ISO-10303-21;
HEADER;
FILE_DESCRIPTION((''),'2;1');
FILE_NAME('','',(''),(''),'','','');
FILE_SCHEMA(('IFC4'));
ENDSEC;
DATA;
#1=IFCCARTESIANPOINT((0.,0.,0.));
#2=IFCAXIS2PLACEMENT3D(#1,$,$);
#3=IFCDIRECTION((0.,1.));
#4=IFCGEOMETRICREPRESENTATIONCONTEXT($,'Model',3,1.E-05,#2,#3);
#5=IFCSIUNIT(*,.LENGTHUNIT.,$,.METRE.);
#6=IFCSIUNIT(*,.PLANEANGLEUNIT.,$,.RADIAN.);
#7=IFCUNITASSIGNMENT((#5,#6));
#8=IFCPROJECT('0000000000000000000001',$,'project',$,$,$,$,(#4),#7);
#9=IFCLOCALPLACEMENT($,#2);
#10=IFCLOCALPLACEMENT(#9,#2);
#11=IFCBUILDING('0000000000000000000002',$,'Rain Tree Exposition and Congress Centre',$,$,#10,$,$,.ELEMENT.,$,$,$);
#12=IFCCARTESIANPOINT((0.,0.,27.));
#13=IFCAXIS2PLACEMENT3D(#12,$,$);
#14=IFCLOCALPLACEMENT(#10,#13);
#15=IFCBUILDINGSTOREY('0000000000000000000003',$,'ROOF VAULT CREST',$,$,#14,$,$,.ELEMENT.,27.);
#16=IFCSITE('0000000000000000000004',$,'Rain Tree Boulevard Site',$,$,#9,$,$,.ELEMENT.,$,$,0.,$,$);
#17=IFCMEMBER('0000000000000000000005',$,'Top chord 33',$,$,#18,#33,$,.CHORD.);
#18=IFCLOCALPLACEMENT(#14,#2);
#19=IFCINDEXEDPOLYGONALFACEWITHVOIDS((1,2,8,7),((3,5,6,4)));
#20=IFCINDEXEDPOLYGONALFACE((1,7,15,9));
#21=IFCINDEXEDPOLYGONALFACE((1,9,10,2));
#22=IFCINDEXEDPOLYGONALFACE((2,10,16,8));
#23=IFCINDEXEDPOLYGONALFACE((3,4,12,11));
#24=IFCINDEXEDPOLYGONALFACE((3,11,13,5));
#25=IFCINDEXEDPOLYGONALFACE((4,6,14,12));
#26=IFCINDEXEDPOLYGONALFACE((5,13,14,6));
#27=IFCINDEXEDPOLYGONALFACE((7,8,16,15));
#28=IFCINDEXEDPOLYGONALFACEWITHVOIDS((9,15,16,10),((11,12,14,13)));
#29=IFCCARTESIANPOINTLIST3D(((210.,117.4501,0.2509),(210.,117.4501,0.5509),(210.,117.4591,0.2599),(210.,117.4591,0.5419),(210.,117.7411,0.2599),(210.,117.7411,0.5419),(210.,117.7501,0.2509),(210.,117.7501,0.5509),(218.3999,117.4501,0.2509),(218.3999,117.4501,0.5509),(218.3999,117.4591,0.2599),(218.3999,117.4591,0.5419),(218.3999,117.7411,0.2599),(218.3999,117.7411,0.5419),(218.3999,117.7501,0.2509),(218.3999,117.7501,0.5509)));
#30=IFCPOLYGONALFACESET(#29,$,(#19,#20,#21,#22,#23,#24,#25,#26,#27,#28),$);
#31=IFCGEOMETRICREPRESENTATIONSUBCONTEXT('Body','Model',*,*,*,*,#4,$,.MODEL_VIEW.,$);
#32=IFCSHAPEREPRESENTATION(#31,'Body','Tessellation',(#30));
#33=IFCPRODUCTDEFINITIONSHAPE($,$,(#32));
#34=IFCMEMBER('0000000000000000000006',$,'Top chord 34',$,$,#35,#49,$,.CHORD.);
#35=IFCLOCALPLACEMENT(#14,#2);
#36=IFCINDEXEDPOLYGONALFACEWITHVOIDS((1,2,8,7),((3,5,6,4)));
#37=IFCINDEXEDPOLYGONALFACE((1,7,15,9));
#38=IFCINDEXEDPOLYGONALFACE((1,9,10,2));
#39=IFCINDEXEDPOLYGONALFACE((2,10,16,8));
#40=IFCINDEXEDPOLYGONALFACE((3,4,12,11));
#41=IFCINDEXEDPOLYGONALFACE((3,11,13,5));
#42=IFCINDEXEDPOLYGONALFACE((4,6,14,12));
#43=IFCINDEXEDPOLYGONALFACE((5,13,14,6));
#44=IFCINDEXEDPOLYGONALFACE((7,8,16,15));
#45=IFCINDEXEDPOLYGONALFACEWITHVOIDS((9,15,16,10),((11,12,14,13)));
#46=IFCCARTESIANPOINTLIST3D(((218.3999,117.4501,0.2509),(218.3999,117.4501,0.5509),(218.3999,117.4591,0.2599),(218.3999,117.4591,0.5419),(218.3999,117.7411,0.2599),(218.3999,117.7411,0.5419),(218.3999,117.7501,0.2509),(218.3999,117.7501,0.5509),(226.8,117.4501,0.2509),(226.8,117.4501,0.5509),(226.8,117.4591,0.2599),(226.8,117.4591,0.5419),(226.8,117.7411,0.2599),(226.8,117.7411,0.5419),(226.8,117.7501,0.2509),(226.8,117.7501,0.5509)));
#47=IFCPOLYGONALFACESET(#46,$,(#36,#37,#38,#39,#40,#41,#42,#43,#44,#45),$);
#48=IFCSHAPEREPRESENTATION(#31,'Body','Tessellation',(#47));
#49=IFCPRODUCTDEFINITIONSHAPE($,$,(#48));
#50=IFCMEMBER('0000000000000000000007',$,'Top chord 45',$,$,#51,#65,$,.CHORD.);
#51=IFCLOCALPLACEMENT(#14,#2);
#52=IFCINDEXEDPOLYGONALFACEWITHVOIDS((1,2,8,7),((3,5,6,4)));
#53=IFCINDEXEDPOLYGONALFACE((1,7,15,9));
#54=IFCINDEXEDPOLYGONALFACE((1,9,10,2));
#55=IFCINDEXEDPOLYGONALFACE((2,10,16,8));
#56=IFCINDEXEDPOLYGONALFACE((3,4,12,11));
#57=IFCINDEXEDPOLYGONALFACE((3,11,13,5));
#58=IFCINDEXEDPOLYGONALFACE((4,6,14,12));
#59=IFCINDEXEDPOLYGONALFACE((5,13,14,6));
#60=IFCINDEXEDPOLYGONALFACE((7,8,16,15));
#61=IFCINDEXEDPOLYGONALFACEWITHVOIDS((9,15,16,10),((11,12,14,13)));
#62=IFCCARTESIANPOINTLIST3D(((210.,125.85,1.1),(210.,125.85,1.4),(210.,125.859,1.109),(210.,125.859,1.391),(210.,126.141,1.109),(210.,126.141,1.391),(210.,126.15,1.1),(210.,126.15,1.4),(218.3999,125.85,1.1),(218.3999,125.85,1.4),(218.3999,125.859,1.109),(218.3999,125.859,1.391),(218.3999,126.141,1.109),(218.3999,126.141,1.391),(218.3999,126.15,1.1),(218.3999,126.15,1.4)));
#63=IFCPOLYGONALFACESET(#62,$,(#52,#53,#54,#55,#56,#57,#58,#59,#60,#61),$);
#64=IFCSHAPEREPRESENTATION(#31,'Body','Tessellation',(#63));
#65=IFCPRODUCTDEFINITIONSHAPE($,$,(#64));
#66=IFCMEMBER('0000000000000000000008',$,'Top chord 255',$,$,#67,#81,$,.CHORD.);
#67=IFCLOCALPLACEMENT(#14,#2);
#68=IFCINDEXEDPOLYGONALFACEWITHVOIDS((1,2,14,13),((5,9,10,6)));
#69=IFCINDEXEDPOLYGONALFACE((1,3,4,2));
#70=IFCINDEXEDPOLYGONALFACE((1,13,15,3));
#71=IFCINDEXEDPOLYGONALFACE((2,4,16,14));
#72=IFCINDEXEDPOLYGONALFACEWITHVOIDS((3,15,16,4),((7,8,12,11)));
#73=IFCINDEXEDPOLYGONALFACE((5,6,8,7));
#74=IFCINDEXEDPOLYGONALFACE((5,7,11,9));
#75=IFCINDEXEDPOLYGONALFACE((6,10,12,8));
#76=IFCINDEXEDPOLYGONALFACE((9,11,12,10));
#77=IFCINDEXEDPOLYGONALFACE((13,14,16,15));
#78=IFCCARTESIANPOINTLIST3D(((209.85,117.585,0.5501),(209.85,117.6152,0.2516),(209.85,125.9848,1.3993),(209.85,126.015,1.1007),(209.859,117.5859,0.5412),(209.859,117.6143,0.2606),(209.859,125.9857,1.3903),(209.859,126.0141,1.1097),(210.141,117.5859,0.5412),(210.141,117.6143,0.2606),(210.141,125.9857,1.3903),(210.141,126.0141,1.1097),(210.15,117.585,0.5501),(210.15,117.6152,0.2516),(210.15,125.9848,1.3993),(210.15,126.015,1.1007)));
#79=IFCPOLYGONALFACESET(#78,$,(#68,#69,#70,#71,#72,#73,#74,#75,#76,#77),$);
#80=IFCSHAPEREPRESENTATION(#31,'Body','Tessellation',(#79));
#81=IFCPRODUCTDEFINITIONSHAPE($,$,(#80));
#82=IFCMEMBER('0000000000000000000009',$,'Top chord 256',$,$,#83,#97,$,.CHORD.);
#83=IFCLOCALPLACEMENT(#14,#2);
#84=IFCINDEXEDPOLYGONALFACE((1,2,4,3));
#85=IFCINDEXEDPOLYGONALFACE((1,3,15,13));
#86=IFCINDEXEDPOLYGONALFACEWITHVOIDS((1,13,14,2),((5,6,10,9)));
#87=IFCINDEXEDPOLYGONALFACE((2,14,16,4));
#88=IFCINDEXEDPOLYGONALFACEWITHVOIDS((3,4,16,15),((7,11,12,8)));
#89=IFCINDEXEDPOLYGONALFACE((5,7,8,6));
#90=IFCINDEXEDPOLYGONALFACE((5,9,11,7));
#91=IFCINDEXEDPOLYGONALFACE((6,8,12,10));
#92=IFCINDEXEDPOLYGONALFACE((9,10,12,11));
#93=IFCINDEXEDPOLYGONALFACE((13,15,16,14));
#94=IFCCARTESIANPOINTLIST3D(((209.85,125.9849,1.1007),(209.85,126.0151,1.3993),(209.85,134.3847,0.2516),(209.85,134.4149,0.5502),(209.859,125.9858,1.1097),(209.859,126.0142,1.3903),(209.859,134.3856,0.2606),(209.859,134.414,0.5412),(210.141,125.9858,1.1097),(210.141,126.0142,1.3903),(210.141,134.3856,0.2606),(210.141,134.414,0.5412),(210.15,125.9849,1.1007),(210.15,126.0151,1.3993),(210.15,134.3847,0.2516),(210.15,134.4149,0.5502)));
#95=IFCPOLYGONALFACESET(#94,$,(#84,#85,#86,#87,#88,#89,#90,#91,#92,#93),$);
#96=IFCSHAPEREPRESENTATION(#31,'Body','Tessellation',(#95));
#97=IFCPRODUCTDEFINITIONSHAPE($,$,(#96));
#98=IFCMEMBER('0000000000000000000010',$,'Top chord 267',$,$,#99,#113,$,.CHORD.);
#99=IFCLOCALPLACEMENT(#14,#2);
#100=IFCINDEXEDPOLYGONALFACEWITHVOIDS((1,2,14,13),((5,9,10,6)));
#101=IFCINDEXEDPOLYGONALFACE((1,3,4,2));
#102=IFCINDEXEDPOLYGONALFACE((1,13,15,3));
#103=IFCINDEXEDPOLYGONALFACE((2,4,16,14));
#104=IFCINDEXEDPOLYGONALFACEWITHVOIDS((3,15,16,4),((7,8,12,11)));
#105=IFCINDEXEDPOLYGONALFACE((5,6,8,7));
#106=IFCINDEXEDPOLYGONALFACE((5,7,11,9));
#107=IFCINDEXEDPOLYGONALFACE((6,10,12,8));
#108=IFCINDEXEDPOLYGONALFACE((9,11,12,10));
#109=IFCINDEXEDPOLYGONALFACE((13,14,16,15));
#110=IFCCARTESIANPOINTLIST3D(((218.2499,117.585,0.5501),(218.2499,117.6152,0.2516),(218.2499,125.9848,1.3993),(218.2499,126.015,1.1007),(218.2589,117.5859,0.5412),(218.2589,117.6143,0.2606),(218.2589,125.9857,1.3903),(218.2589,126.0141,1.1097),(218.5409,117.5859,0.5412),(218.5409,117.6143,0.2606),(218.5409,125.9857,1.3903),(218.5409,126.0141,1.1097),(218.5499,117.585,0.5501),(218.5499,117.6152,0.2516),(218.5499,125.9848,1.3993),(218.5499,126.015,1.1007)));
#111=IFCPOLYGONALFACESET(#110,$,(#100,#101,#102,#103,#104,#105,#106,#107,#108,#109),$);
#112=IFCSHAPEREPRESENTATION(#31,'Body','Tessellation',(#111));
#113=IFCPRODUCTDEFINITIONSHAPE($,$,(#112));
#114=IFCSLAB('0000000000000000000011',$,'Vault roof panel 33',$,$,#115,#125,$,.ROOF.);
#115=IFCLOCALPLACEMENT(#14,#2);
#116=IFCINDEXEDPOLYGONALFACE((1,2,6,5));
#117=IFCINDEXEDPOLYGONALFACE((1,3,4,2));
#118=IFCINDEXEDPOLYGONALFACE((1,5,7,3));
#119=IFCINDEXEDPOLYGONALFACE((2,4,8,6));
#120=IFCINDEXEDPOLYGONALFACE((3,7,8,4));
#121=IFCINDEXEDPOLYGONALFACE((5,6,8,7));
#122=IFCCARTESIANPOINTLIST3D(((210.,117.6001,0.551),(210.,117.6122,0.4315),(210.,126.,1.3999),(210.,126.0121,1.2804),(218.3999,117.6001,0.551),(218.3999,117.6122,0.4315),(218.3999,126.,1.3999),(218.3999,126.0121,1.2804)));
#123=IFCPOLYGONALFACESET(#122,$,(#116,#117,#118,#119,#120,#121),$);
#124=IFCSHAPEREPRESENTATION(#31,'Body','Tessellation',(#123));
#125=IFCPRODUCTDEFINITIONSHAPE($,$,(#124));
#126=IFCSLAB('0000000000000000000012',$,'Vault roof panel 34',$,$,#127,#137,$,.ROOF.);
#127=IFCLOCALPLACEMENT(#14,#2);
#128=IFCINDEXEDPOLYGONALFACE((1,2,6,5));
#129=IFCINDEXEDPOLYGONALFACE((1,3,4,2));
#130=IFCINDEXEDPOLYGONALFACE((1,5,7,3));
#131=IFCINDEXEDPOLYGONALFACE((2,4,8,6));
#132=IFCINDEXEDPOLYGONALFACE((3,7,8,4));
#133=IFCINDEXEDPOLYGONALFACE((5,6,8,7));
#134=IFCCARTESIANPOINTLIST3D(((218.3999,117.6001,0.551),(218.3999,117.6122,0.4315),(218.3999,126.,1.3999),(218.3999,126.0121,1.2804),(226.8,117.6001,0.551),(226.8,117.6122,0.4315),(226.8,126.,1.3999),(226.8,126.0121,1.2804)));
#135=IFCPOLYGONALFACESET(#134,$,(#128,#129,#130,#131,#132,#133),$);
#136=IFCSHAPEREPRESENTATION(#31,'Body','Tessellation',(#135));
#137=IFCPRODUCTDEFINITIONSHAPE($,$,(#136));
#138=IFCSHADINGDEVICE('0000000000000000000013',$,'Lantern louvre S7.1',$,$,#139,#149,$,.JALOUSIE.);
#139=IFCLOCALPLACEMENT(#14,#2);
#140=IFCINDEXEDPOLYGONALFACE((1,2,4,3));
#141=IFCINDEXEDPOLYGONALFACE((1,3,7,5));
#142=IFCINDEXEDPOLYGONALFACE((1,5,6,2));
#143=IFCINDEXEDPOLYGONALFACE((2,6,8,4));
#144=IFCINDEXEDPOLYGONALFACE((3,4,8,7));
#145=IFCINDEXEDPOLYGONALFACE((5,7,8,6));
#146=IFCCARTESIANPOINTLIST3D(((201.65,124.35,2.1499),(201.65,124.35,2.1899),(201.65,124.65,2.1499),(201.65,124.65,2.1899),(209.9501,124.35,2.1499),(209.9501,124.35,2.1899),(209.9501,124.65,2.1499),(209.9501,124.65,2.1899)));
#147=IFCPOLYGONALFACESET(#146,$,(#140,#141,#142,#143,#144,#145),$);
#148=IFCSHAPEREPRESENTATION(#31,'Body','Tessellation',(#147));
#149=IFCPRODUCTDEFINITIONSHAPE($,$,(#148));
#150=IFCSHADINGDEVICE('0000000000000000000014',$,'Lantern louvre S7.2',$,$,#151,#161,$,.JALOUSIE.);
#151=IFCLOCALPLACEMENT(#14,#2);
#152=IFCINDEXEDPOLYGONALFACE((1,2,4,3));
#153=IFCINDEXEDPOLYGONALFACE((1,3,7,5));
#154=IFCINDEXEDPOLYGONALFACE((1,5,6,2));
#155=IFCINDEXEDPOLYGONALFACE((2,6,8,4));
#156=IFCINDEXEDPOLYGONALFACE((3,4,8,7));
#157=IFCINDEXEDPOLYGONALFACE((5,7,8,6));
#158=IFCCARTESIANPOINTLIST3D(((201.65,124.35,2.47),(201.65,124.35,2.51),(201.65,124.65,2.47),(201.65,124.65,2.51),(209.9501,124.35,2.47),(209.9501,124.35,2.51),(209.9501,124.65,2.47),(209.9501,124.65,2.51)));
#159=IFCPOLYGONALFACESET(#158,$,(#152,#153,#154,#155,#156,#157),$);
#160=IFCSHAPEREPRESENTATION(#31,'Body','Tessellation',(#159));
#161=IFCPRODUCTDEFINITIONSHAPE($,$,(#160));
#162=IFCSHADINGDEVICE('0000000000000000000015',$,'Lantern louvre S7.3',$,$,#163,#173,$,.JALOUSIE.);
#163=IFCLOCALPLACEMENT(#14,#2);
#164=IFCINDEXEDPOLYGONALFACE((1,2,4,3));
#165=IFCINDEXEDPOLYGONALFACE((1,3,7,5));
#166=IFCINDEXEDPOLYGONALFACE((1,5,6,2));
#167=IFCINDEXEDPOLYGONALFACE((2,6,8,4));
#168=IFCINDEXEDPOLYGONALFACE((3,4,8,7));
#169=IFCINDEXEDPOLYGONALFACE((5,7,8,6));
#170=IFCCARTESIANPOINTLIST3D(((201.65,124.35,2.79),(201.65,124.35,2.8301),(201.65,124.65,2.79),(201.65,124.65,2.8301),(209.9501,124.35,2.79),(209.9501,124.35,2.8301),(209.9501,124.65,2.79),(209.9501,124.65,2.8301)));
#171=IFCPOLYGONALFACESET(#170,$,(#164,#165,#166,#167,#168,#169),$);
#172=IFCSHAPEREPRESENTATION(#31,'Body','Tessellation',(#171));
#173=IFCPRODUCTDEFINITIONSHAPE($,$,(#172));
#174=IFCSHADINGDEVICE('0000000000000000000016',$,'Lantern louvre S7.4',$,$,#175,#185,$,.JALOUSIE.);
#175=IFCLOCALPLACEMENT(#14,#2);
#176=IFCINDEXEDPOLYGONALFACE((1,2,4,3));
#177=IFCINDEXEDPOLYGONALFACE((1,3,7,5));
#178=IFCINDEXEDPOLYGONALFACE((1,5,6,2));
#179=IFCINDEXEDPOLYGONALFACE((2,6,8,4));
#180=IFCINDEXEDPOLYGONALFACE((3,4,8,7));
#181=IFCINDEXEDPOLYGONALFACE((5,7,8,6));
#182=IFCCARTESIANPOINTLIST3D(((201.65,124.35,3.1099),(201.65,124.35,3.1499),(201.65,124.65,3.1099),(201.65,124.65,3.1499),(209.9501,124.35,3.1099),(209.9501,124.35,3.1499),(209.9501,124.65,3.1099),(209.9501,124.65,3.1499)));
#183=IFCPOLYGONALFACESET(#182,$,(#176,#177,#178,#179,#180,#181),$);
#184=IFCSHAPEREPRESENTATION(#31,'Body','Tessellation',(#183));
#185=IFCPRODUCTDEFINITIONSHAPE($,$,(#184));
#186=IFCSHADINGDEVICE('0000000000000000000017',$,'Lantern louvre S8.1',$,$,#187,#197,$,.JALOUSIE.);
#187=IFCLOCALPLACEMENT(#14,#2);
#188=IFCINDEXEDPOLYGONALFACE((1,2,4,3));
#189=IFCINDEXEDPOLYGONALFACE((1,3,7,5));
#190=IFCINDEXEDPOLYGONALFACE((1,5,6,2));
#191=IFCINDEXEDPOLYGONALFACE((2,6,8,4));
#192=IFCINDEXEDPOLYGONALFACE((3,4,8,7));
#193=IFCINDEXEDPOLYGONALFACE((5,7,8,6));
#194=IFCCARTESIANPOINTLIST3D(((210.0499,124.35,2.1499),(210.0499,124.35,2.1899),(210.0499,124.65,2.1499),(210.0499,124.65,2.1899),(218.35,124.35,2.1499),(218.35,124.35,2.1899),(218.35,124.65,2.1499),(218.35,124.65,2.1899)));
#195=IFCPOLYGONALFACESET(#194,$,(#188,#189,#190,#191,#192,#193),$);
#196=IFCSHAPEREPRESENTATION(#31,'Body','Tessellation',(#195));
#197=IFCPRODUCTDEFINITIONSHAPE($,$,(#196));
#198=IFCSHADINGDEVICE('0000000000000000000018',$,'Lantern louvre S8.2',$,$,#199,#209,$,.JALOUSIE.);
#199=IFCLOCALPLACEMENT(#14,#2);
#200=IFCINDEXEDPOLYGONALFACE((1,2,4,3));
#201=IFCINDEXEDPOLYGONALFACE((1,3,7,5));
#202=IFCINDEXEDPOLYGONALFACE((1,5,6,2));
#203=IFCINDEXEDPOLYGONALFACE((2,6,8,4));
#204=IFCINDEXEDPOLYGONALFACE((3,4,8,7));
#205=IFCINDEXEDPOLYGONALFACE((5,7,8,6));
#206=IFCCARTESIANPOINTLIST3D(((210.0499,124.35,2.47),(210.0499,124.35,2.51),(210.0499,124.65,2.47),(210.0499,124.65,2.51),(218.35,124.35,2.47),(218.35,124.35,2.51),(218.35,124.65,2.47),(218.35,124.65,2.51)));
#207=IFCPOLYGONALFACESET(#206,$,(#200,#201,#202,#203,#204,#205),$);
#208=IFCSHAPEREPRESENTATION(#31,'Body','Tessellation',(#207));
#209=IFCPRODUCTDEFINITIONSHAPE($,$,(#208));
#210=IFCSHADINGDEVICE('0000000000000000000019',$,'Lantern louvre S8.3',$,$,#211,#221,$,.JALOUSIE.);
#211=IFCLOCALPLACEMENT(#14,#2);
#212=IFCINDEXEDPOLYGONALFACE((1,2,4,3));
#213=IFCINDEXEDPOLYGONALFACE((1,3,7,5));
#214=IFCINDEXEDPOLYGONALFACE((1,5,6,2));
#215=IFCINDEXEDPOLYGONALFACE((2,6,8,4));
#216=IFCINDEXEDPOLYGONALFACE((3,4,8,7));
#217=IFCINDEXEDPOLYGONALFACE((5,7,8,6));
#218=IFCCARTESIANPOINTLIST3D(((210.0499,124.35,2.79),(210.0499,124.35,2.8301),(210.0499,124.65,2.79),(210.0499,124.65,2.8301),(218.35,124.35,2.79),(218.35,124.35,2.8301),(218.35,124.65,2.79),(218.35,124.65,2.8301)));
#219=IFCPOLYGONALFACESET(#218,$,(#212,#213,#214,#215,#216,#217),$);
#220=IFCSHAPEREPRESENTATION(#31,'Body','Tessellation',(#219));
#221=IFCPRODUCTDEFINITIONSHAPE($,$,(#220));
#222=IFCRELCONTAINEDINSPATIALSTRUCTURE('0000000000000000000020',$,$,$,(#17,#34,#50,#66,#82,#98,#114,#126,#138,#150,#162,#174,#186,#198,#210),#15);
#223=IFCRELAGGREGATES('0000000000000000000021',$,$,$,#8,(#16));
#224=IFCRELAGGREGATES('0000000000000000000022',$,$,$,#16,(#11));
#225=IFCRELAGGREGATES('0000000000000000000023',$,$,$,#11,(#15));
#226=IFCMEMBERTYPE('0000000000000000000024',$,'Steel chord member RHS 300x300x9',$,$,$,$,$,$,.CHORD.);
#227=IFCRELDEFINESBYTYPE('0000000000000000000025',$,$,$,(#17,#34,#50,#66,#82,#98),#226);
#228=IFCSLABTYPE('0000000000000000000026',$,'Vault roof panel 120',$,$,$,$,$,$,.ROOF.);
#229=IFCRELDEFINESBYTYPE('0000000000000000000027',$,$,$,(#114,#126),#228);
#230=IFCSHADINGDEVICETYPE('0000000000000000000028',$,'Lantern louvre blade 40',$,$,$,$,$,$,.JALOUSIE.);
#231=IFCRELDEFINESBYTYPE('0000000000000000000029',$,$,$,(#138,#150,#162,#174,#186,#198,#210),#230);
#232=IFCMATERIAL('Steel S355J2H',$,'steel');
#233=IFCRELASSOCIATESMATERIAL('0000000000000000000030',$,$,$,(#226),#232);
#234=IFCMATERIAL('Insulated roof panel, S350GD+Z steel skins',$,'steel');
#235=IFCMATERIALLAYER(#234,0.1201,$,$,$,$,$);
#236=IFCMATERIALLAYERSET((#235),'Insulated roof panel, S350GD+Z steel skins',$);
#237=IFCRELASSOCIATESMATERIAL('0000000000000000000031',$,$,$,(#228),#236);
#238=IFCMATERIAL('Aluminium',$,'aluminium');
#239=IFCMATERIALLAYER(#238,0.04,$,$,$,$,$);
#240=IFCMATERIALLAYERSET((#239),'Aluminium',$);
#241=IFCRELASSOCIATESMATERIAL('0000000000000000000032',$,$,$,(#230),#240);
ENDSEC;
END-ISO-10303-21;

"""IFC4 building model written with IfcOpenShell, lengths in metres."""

from ifc_helpers import new_model, si_unit, direction, frame, origin, origin_2d, place, context, subcontext, project, spatial, polyline, rectangle, hollow_rectangle, outline, extrude, material, layer, layer_set, material_profile, profile_set, type_object, element, save


model = new_model("IFC4")

# Units and contexts
model_context = context("Model", 3, precision=1e-05, world=origin(), true_north=direction((0.0, 1.0)))
body_context = subcontext(model_context, "Body", "Model", "MODEL_VIEW")
ifc_project = project(units=[si_unit("LENGTHUNIT", "METRE"), si_unit("PLANEANGLEUNIT", "RADIAN")], contexts=[model_context])

# Site, building, storey
site_placement = place(None, origin())
site = spatial("IfcSite", under=ifc_project, at=site_placement, Name="Rain Tree Boulevard Site", CompositionType="ELEMENT", RefElevation=0.0)
building_placement = place(site_placement, origin())
building = spatial("IfcBuilding", under=site, at=building_placement, Name="Rain Tree Exposition and Congress Centre", CompositionType="ELEMENT")
storey_placement = place(building_placement, frame((0.0, 0.0, 27.0)))
storey = spatial("IfcBuildingStorey", under=building, at=storey_placement, Name="ROOF VAULT CREST", CompositionType="ELEMENT", Elevation=27.0)

# Members
ifc_material_1 = material(Name="Steel S355J2H", Category="steel")
ifc_material_profile_1 = material_profile(ifc_material_1, hollow_rectangle(XDim=0.3, YDim=0.3, WallThickness=0.009, at=origin_2d()), Name="RHS 300x300x9")
ifc_profile_set_1 = profile_set([ifc_material_profile_1], Name="Steel S355J2H")
member_type = type_object("IfcMemberType", Name="Steel chord member RHS 300x300x9", PredefinedType="CHORD", material=ifc_profile_set_1)
member_1_placement = place(storey_placement, frame((210.0, 117.6001, 0.4009), z_axis=(1.0, 0.0, 0.0), x_axis=(0.0, 1.0, 0.0)))
element("IfcMember", 1, at=member_1_placement, inside=storey, type_object=member_type, Name="Top chord 33", PredefinedType="CHORD", context=body_context, shape_type="SweptSolid", body=[
    extrude(hollow_rectangle(XDim=0.3, YDim=0.3, WallThickness=0.009, at=origin_2d()), origin(), (0.0, 0.0, 1.0), 8.3999),
])
member_2_placement = place(storey_placement, frame((218.3999, 117.6001, 0.4009), z_axis=(1.0, 0.0, 0.0), x_axis=(0.0, 1.0, 0.0)))
element("IfcMember", 2, at=member_2_placement, inside=storey, type_object=member_type, Name="Top chord 34", PredefinedType="CHORD", context=body_context, shape_type="SweptSolid", body=[
    extrude(hollow_rectangle(XDim=0.3, YDim=0.3, WallThickness=0.009, at=origin_2d()), origin(), (0.0, 0.0, 1.0), 8.4001),
])
member_3_placement = place(storey_placement, frame((210.0, 126.0, 1.25), z_axis=(1.0, 0.0, 0.0), x_axis=(0.0, 1.0, 0.0)))
element("IfcMember", 3, at=member_3_placement, inside=storey, type_object=member_type, Name="Top chord 45", PredefinedType="CHORD", context=body_context, shape_type="SweptSolid", body=[
    extrude(hollow_rectangle(XDim=0.3, YDim=0.3, WallThickness=0.009, at=origin_2d()), origin(), (0.0, 0.0, 1.0), 8.3999),
])
for number, where, z_axis, x_axis, name in (
    (4, (210.0, 117.6001, 0.4009), (0.0, 0.99493, 0.100574), (-1.0, 0.0, 0.0), "Top chord 255"),
    (5, (210.0, 126.0, 1.25), (0.0, 0.99493, -0.100574), (-1.0, 0.0, 0.0), "Top chord 256"),
    (6, (218.3999, 117.6001, 0.4009), (0.0, 0.99493, 0.100574), (-1.0, 0.0, 0.0), "Top chord 267"),
):
    element("IfcMember", number, at=place(storey_placement, frame(where, z_axis=z_axis, x_axis=x_axis)), inside=storey, type_object=member_type, Name=name, PredefinedType="CHORD", context=body_context, shape_type="SweptSolid", body=[
        extrude(hollow_rectangle(XDim=0.3, YDim=0.3, WallThickness=0.009, at=origin_2d()), origin(), (0.0, 0.0, 1.0), 8.4426),
    ])

# Slabs
ifc_material_2 = material(Name="Insulated roof panel, S350GD+Z steel skins", Category="steel")
ifc_layer_1 = layer(ifc_material_2, 0.1201)
ifc_layer_set_1 = layer_set([ifc_layer_1], Name="Insulated roof panel, S350GD+Z steel skins")
slab_type = type_object("IfcSlabType", Name="Vault roof panel 120", PredefinedType="ROOF", material=ifc_layer_set_1)
slab_1_placement = place(storey_placement, frame((210.0, 117.6001, 0.551), z_axis=(0.0, -0.100546, 0.994932), x_axis=(1.0, 0.0, 0.0)))
element("IfcSlab", 7, at=slab_1_placement, inside=storey, type_object=slab_type, Name="Vault roof panel 33", PredefinedType="ROOF", context=body_context, shape_type="SweptSolid", body=[
    extrude(outline(polyline([(0.0, 0.0), (8.3999, 0.0), (8.3999, 8.4427), (0.0, 8.4427), (0.0, 0.0)])), origin(), (0.0, 0.0, -1.0), 0.1201),
])
slab_2_placement = place(storey_placement, frame((218.3999, 117.6001, 0.551), z_axis=(0.0, -0.100546, 0.994932), x_axis=(1.0, 0.0, 0.0)))
element("IfcSlab", 8, at=slab_2_placement, inside=storey, type_object=slab_type, Name="Vault roof panel 34", PredefinedType="ROOF", context=body_context, shape_type="SweptSolid", body=[
    extrude(outline(polyline([(0.0, 0.0), (8.4001, 0.0), (8.4001, 8.4427), (0.0, 8.4427), (0.0, 0.0)])), origin(), (0.0, 0.0, -1.0), 0.1201),
])

# Shading devices
ifc_material_3 = material(Name="Aluminium", Category="aluminium")
ifc_layer_2 = layer(ifc_material_3, 0.04)
ifc_layer_set_2 = layer_set([ifc_layer_2], Name="Aluminium")
shading_device_type = type_object("IfcShadingDeviceType", Name="Lantern louvre blade 40", PredefinedType="JALOUSIE", material=ifc_layer_set_2)
for number, where, z_axis, x_axis, name in (
    (9, (205.8, 124.5, 2.1499), (0.0, 0.0, 1.0), (1.0, 0.0, 0.0), "Lantern louvre S7.1"),
    (10, (205.8, 124.5, 2.47), (0.0, 0.0, 1.0), (1.0, 0.0, 0.0), "Lantern louvre S7.2"),
    (11, (205.8, 124.5, 2.79), (0.0, 0.0, 1.0), (1.0, 0.0, 0.0), "Lantern louvre S7.3"),
    (12, (205.8, 124.5, 3.1099), (0.0, 0.0, 1.0), (1.0, 0.0, 0.0), "Lantern louvre S7.4"),
    (13, (214.2, 124.5, 2.1499), (0.0, 0.0, 1.0), (1.0, 0.0, 0.0), "Lantern louvre S8.1"),
    (14, (214.2, 124.5, 2.47), (0.0, 0.0, 1.0), (1.0, 0.0, 0.0), "Lantern louvre S8.2"),
    (15, (214.2, 124.5, 2.79), (0.0, 0.0, 1.0), (1.0, 0.0, 0.0), "Lantern louvre S8.3"),
):
    element("IfcShadingDevice", number, at=place(storey_placement, frame(where, z_axis=z_axis, x_axis=x_axis)), inside=storey, type_object=shading_device_type, Name=name, PredefinedType="JALOUSIE", context=body_context, shape_type="SweptSolid", body=[
        extrude(rectangle(XDim=8.3, YDim=0.3, at=origin_2d()), origin(), (0.0, 0.0, 1.0), 0.04),
    ])

save(model, "model.ifc")
